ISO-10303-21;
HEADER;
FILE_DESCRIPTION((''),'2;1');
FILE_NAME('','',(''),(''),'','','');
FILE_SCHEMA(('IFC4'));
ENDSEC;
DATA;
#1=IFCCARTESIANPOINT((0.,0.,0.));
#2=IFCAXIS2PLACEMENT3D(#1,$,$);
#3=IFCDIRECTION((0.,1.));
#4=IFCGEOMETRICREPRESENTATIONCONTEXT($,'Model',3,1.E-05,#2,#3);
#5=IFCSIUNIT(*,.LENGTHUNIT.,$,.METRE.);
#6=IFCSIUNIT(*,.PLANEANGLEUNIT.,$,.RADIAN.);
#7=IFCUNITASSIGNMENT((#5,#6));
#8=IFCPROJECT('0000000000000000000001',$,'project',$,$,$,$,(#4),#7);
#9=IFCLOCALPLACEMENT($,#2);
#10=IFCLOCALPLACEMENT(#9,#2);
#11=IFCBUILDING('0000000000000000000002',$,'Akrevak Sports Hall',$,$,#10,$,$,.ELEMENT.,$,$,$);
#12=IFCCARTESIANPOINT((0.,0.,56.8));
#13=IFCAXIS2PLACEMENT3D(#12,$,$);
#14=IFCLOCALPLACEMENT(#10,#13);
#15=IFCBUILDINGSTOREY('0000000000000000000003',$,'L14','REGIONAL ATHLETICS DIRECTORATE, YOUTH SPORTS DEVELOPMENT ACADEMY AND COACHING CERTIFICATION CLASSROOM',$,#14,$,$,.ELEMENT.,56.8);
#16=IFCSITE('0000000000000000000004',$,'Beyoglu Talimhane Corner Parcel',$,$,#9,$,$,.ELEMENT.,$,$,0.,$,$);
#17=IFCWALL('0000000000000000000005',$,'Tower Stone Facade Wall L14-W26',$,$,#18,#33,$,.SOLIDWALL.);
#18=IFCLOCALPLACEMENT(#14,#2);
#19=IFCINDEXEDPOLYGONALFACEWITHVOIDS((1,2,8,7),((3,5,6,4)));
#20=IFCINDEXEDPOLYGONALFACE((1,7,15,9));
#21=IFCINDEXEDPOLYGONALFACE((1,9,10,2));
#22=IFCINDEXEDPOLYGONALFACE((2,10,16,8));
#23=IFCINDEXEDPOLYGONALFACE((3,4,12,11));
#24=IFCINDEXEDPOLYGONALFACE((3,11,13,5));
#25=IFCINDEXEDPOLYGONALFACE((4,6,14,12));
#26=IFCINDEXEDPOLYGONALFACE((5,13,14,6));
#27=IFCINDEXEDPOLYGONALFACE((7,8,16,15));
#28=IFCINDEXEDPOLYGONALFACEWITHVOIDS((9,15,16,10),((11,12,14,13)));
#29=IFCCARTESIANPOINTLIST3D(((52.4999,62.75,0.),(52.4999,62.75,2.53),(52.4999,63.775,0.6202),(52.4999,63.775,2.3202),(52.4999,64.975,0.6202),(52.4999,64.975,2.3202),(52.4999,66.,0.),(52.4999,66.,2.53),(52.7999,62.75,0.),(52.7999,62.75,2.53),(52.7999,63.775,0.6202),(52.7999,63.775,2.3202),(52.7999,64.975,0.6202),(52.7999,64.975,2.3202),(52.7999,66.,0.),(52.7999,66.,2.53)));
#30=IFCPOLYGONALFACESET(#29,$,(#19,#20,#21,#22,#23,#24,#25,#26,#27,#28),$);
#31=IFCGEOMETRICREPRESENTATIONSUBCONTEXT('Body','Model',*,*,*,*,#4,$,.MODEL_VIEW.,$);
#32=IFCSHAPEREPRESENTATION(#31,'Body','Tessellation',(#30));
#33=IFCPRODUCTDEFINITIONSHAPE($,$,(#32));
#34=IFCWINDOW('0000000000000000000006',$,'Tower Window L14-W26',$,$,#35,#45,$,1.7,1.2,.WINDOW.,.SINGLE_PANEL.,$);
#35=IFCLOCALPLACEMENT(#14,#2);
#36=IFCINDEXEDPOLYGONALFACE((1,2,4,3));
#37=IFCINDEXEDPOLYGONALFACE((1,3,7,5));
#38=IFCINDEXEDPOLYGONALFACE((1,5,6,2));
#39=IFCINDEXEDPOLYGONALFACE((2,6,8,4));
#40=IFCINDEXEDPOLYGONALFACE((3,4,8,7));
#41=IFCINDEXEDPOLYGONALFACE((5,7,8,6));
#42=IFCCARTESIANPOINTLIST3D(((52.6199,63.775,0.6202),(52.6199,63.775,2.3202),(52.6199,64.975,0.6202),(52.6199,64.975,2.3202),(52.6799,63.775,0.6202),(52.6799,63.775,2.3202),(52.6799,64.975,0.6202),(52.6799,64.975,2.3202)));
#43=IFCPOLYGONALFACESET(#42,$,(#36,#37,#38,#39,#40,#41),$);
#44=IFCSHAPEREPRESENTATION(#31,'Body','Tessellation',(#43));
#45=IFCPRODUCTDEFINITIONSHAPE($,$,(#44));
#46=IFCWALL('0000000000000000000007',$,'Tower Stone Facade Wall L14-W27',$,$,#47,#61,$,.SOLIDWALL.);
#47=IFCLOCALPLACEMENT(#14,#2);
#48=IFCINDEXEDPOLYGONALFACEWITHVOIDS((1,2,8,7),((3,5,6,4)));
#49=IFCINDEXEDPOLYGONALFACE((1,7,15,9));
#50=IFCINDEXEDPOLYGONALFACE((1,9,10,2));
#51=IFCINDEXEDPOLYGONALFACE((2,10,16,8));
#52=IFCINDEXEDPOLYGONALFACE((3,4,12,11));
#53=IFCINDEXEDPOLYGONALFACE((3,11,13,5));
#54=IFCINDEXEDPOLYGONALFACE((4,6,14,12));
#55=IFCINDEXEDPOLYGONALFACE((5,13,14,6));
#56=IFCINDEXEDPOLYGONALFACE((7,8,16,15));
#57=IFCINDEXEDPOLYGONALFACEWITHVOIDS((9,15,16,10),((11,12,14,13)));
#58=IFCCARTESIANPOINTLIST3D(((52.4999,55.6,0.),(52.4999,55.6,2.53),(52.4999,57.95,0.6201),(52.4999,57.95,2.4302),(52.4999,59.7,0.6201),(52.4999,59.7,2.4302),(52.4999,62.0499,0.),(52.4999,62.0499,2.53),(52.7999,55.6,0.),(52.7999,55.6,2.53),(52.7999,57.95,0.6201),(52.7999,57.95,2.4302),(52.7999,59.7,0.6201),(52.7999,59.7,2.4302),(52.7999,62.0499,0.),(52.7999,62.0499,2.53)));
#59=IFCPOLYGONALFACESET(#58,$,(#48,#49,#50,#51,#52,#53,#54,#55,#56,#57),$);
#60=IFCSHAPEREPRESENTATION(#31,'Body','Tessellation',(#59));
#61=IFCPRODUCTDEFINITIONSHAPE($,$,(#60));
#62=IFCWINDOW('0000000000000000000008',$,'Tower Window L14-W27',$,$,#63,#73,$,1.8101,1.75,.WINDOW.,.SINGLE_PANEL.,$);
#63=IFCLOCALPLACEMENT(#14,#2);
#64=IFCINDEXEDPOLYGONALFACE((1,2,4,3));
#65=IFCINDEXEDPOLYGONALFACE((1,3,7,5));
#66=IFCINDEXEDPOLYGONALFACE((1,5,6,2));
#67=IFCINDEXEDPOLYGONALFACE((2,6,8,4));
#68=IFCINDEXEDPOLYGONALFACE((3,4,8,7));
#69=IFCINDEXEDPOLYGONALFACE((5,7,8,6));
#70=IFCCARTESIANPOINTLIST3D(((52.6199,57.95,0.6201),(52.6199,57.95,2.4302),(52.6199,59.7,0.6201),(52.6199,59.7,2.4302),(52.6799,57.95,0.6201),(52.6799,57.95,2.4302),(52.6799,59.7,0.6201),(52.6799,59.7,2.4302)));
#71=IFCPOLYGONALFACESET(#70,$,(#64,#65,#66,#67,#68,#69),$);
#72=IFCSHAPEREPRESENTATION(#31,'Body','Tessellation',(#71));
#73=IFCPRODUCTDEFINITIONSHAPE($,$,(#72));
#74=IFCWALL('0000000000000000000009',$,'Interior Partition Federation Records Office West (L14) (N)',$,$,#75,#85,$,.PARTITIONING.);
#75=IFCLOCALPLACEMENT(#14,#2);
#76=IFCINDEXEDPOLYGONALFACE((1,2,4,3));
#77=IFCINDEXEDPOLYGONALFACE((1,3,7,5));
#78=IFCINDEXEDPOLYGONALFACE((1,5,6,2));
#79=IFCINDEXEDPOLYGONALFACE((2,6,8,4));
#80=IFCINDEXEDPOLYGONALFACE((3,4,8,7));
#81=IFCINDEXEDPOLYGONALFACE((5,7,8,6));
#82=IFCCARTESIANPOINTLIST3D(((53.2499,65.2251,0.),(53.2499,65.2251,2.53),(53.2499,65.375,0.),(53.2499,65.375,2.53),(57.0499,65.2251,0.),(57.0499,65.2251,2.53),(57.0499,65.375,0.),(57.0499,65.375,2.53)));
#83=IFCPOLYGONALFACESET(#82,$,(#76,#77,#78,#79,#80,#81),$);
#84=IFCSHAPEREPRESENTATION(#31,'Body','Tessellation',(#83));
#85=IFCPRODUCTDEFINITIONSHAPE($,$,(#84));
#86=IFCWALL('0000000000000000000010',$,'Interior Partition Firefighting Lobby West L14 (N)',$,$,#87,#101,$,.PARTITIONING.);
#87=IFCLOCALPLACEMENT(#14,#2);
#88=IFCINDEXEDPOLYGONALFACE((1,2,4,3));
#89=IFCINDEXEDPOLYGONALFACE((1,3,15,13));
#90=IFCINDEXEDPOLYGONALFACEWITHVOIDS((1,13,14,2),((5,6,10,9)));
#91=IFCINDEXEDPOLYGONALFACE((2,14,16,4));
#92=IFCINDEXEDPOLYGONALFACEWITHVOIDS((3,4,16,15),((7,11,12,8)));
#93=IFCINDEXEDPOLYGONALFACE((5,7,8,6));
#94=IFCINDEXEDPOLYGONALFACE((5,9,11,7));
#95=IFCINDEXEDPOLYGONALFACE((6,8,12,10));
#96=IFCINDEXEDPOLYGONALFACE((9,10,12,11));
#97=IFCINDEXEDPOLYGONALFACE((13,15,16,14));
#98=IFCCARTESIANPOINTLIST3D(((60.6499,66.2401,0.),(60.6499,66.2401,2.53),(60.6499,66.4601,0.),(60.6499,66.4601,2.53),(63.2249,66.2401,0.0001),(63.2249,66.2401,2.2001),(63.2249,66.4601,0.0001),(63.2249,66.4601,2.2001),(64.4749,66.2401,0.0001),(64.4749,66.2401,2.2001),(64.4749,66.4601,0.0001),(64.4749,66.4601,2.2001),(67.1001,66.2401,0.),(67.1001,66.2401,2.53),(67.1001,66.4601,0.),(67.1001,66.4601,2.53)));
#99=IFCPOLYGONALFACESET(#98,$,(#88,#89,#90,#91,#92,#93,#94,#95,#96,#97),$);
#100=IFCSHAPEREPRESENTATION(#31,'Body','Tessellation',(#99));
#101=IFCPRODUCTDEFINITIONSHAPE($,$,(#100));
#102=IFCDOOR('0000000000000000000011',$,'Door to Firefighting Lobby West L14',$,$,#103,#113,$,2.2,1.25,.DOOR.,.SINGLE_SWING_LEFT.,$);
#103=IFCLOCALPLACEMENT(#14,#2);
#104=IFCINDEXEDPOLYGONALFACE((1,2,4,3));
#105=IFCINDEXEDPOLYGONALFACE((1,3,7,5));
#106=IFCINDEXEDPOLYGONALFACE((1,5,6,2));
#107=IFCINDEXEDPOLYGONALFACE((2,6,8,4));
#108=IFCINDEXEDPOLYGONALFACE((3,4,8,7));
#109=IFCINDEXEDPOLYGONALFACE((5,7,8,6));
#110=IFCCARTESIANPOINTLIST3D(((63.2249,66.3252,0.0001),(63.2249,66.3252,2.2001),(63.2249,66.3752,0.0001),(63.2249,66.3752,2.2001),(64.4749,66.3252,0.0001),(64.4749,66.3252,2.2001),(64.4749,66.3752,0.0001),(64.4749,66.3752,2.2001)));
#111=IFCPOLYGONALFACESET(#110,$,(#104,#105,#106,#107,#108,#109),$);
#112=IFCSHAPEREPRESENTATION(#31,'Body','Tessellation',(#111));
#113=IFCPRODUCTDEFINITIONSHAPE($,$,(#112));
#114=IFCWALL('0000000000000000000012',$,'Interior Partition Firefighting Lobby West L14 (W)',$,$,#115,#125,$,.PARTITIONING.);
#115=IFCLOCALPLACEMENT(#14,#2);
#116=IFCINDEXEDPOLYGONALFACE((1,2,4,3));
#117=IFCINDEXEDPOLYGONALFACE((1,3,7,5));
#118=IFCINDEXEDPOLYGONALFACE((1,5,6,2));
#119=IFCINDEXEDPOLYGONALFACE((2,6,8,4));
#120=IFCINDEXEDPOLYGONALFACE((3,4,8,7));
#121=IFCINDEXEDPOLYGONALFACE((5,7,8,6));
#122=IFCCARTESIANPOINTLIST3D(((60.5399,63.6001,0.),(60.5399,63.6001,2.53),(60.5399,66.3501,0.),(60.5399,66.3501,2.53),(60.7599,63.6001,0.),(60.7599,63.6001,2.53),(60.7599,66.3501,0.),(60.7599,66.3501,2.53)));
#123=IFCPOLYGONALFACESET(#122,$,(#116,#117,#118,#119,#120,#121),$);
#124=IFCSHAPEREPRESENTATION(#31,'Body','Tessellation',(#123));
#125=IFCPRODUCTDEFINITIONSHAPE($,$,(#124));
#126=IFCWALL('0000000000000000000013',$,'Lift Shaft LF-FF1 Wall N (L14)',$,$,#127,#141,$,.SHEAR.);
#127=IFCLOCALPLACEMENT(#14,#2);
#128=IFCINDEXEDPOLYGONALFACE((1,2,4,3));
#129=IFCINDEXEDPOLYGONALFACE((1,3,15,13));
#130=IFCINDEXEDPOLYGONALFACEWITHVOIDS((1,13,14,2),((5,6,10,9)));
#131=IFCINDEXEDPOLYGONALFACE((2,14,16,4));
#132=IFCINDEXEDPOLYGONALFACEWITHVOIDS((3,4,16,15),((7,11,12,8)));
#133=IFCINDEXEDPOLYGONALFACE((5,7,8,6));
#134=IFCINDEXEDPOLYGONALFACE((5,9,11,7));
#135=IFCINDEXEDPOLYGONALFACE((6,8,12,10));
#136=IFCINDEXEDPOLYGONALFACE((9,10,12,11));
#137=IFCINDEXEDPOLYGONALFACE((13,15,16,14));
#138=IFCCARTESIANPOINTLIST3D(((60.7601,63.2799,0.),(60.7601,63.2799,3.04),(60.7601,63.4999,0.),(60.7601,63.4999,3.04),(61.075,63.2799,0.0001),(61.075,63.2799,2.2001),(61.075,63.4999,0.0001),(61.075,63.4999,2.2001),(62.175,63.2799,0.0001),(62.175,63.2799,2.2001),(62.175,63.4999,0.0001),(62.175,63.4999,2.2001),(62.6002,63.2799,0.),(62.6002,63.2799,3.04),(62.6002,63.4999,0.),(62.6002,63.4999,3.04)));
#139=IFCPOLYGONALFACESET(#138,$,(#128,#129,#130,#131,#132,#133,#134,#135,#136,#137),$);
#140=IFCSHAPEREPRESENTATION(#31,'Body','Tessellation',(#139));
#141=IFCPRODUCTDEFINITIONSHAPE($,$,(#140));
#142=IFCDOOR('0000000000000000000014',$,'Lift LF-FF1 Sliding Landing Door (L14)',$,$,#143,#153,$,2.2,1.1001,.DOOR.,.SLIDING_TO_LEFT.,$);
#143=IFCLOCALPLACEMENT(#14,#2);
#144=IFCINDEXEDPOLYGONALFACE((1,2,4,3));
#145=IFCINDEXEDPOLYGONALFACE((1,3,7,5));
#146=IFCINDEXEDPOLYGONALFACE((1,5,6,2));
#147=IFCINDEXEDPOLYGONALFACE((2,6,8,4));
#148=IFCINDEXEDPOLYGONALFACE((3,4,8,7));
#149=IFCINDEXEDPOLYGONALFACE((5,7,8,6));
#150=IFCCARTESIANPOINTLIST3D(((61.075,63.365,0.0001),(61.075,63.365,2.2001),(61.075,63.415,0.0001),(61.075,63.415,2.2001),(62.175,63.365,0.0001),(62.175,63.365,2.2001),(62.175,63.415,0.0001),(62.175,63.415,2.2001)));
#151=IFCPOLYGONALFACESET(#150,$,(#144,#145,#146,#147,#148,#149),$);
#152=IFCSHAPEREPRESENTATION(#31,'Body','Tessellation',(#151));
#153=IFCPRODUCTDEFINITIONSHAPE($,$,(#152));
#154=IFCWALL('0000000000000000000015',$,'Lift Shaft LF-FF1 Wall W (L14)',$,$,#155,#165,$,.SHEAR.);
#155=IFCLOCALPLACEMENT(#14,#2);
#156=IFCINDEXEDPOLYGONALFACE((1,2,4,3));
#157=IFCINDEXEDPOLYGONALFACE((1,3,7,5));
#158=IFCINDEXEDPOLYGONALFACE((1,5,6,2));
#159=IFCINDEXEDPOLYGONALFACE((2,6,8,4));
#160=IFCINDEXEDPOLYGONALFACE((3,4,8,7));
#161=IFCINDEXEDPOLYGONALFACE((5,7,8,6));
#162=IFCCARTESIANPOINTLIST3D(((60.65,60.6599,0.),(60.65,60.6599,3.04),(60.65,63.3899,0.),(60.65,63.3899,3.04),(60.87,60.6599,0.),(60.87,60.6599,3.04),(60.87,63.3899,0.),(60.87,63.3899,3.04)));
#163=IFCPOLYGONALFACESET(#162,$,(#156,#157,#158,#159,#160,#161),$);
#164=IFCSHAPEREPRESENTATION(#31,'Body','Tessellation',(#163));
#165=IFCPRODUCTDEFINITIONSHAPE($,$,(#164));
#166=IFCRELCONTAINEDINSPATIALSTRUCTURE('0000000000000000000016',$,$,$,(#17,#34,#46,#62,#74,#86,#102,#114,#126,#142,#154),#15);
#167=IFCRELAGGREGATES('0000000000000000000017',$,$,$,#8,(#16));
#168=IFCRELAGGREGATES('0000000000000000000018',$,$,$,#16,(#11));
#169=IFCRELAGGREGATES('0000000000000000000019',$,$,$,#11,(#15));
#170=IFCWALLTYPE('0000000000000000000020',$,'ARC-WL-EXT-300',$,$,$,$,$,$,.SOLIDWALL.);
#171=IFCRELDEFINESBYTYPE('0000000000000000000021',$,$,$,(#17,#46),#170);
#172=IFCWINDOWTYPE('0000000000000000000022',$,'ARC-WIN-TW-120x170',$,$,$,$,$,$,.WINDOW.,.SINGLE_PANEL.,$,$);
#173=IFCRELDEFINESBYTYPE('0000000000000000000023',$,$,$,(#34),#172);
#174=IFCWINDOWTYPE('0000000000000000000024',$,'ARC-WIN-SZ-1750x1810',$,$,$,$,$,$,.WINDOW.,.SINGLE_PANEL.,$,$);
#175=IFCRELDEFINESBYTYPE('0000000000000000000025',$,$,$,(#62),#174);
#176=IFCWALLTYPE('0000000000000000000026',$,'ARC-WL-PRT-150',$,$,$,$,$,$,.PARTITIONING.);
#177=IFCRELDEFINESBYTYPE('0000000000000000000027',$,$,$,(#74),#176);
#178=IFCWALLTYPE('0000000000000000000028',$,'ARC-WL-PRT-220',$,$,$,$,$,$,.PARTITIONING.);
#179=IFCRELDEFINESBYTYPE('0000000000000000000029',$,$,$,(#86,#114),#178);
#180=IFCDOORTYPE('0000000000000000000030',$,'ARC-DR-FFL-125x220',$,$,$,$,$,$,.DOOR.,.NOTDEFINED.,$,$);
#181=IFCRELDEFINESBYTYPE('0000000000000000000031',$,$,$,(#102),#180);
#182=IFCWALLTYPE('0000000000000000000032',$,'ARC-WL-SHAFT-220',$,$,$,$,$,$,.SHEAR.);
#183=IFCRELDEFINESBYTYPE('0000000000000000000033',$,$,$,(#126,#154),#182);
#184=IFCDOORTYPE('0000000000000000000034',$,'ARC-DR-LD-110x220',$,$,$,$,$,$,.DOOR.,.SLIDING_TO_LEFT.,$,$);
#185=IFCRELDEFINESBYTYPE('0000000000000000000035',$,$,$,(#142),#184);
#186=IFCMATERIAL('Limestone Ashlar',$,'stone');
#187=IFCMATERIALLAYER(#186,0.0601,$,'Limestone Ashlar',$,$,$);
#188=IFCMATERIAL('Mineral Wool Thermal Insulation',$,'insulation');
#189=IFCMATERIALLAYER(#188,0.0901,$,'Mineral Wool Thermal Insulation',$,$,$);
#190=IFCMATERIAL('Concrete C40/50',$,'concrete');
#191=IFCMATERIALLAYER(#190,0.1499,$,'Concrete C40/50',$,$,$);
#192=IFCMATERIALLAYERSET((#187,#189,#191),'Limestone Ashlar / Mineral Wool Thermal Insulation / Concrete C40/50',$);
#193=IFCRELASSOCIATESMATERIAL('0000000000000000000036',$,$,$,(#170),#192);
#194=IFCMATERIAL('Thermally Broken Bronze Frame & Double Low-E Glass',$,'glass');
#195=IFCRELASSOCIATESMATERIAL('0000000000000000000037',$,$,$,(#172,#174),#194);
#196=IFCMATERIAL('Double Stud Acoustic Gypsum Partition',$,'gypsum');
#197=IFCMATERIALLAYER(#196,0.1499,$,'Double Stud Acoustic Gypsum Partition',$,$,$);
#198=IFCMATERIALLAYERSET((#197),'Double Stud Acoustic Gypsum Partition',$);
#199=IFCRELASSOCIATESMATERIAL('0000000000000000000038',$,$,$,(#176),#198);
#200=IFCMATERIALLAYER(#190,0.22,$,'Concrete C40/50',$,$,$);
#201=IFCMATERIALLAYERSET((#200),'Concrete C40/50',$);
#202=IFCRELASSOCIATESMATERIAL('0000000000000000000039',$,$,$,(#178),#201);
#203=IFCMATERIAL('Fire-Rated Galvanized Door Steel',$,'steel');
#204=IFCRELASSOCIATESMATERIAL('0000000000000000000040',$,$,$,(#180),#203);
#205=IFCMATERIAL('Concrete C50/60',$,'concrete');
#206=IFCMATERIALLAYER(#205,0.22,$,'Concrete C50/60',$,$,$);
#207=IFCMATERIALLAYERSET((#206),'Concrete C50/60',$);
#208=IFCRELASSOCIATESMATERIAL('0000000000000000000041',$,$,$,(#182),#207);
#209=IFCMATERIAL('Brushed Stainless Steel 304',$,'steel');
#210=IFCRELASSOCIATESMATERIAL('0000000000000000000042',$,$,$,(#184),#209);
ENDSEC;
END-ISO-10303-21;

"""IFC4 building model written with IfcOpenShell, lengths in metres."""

from ifc_helpers import new_model, si_unit, direction, frame, frame_2d, origin, place, context, subcontext, project, spatial, rectangle, extrude, material, layer, layer_set, type_object, element, fill, save


model = new_model("IFC4")

# Units and contexts
model_context = context("Model", 3, precision=1e-05, world=origin(), true_north=direction((0.0, 1.0)))
body_context = subcontext(model_context, "Body", "Model", "MODEL_VIEW")
ifc_project = project(units=[si_unit("LENGTHUNIT", "METRE"), si_unit("PLANEANGLEUNIT", "RADIAN")], contexts=[model_context])

# Site, building, storey
site_placement = place(None, origin())
site = spatial("IfcSite", under=ifc_project, at=site_placement, Name="Beyoglu Talimhane Corner Parcel", CompositionType="ELEMENT", RefElevation=0.0)
building_placement = place(site_placement, origin())
building = spatial("IfcBuilding", under=site, at=building_placement, Name="Akrevak Sports Hall", CompositionType="ELEMENT")
storey_placement = place(building_placement, frame((0.0, 0.0, 56.8)))
storey = spatial("IfcBuildingStorey", under=building, at=storey_placement, Name="L14", Description="REGIONAL ATHLETICS DIRECTORATE, YOUTH SPORTS DEVELOPMENT ACADEMY AND COACHING CERTIFICATION CLASSROOM", CompositionType="ELEMENT", Elevation=56.8)

# Shared definitions
ifc_material_1 = material(Name="Concrete C40/50", Category="concrete")

# Shared definitions
ifc_material_2 = material(Name="Limestone Ashlar", Category="stone")
ifc_layer_1 = layer(ifc_material_2, 0.0601, Name="Limestone Ashlar")
ifc_material_3 = material(Name="Mineral Wool Thermal Insulation", Category="insulation")
ifc_layer_2 = layer(ifc_material_3, 0.0901, Name="Mineral Wool Thermal Insulation")
ifc_layer_3 = layer(ifc_material_1, 0.1499, Name="Concrete C40/50")
ifc_layer_set_1 = layer_set([ifc_layer_1, ifc_layer_2, ifc_layer_3], Name="Limestone Ashlar / Mineral Wool Thermal Insulation / Concrete C40/50")
wall_type_1 = type_object("IfcWallType", Name="ARC-WL-EXT-300", PredefinedType="SOLIDWALL", material=ifc_layer_set_1)

# Walls, openings, windows
ifc_material_4 = material(Name="Thermally Broken Bronze Frame & Double Low-E Glass", Category="glass")
wall_1_placement = place(storey_placement, frame((52.6499, 66.0, 0.0), z_axis=(0.0, 0.0, 1.0), x_axis=(0.0, -1.0, 0.0)))
wall_1 = element("IfcWall", 1, at=wall_1_placement, inside=storey, type_object=wall_type_1, Name="Tower Stone Facade Wall L14-W26", PredefinedType="SOLIDWALL", context=body_context, shape_type="SweptSolid", body=[
    extrude(rectangle(XDim=3.25, YDim=0.3, at=frame_2d((1.625, 0.0))), origin(), (0.0, 0.0, 1.0), 2.53),
])
opening_1_placement = place(wall_1_placement, frame((1.0249, 0.0, 0.6201)))
opening_1 = element("IfcOpeningElement", 2, at=opening_1_placement, cuts=wall_1, PredefinedType="OPENING", context=body_context, shape_type="SweptSolid", body=[
    extrude(rectangle(XDim=1.2, YDim=1.7, at=frame_2d((0.6001, 0.8501))), frame((0.0, 0.1621, 0.0), z_axis=(0.0, -1.0, 0.0), x_axis=(1.0, 0.0, 0.0)), (0.0, 0.0, 1.0), 0.324),
])
window_type_1 = type_object("IfcWindowType", Name="ARC-WIN-TW-120x170", PartitioningType="SINGLE_PANEL", PredefinedType="WINDOW", material=ifc_material_4)
window_1_placement = place(opening_1_placement, origin())
window_1 = element("IfcWindow", 3, at=window_1_placement, inside=storey, type_object=window_type_1, Name="Tower Window L14-W26", OverallHeight=1.7, OverallWidth=1.2, PartitioningType="SINGLE_PANEL", PredefinedType="WINDOW", context=body_context, shape_type="SweptSolid", body=[
    extrude(rectangle(XDim=1.2, YDim=1.7, at=frame_2d((0.6001, 0.8501))), frame((0.0, 0.03, 0.0), z_axis=(0.0, -1.0, 0.0), x_axis=(1.0, 0.0, 0.0)), (0.0, 0.0, 1.0), 0.0601),
])
fill(opening_1, window_1)
wall_2_placement = place(storey_placement, frame((52.6499, 62.05, 0.0), z_axis=(0.0, 0.0, 1.0), x_axis=(0.0, -1.0, 0.0)))
wall_2 = element("IfcWall", 4, at=wall_2_placement, inside=storey, type_object=wall_type_1, Name="Tower Stone Facade Wall L14-W27", PredefinedType="SOLIDWALL", context=body_context, shape_type="SweptSolid", body=[
    extrude(rectangle(XDim=6.45, YDim=0.3, at=frame_2d((3.2251, 0.0))), origin(), (0.0, 0.0, 1.0), 2.53),
])
opening_2_placement = place(wall_2_placement, frame((2.3501, 0.0, 0.6201)))
opening_2 = element("IfcOpeningElement", 5, at=opening_2_placement, cuts=wall_2, PredefinedType="OPENING", context=body_context, shape_type="SweptSolid", body=[
    extrude(rectangle(XDim=1.75, YDim=1.8101, at=frame_2d((0.875, 0.905))), frame((0.0, 0.1621, 0.0), z_axis=(0.0, -1.0, 0.0), x_axis=(1.0, 0.0, 0.0)), (0.0, 0.0, 1.0), 0.324),
])
window_type_2 = type_object("IfcWindowType", Name="ARC-WIN-SZ-1750x1810", PartitioningType="SINGLE_PANEL", PredefinedType="WINDOW", material=ifc_material_4)
window_2_placement = place(opening_2_placement, origin())
window_2 = element("IfcWindow", 6, at=window_2_placement, inside=storey, type_object=window_type_2, Name="Tower Window L14-W27", OverallHeight=1.8101, OverallWidth=1.75, PartitioningType="SINGLE_PANEL", PredefinedType="WINDOW", context=body_context, shape_type="SweptSolid", body=[
    extrude(rectangle(XDim=1.75, YDim=1.8101, at=frame_2d((0.875, 0.905))), frame((0.0, 0.03, 0.0), z_axis=(0.0, -1.0, 0.0), x_axis=(1.0, 0.0, 0.0)), (0.0, 0.0, 1.0), 0.0601),
])
fill(opening_2, window_2)

# Wall
ifc_material_5 = material(Name="Double Stud Acoustic Gypsum Partition", Category="gypsum")
ifc_layer_4 = layer(ifc_material_5, 0.1499, Name="Double Stud Acoustic Gypsum Partition")
ifc_layer_set_2 = layer_set([ifc_layer_4], Name="Double Stud Acoustic Gypsum Partition")
wall_type_2 = type_object("IfcWallType", Name="ARC-WL-PRT-150", PredefinedType="PARTITIONING", material=ifc_layer_set_2)
wall_3_placement = place(storey_placement, frame((53.25, 65.3, 0.0), z_axis=(0.0, 0.0, 1.0), x_axis=(1.0, 0.0, 0.0)))
element("IfcWall", 7, at=wall_3_placement, inside=storey, type_object=wall_type_2, Name="Interior Partition Federation Records Office West (L14) (N)", PredefinedType="PARTITIONING", context=body_context, shape_type="SweptSolid", body=[
    extrude(rectangle(XDim=3.8, YDim=0.1499, at=frame_2d((1.8999, 0.0))), origin(), (0.0, 0.0, 1.0), 2.53),
])

# Wall, opening, door
ifc_layer_5 = layer(ifc_material_1, 0.22, Name="Concrete C40/50")
ifc_layer_set_3 = layer_set([ifc_layer_5], Name="Concrete C40/50")
wall_type_3 = type_object("IfcWallType", Name="ARC-WL-PRT-220", PredefinedType="PARTITIONING", material=ifc_layer_set_3)
wall_4_placement = place(storey_placement, frame((60.6499, 66.3501, 0.0), z_axis=(0.0, 0.0, 1.0), x_axis=(1.0, 0.0, 0.0)))
wall_4 = element("IfcWall", 8, at=wall_4_placement, inside=storey, type_object=wall_type_3, Name="Interior Partition Firefighting Lobby West L14 (N)", PredefinedType="PARTITIONING", context=body_context, shape_type="SweptSolid", body=[
    extrude(rectangle(XDim=6.4502, YDim=0.22, at=frame_2d((3.2251, 0.0))), origin(), (0.0, 0.0, 1.0), 2.53),
])
opening_3_placement = place(wall_4_placement, frame((2.575, 0.0, 0.0)))
opening_3 = element("IfcOpeningElement", 9, at=opening_3_placement, cuts=wall_4, PredefinedType="OPENING", context=body_context, shape_type="SweptSolid", body=[
    extrude(rectangle(XDim=1.25, YDim=2.2, at=frame_2d((0.625, 1.1001))), frame((0.0, 0.1221, 0.0), z_axis=(0.0, -1.0, 0.0), x_axis=(1.0, 0.0, 0.0)), (0.0, 0.0, 1.0), 0.2439),
])
ifc_material_6 = material(Name="Fire-Rated Galvanized Door Steel", Category="steel")
door_type_1 = type_object("IfcDoorType", Name="ARC-DR-FFL-125x220", OperationType="NOTDEFINED", PredefinedType="DOOR", material=ifc_material_6)
door_1_placement = place(opening_3_placement, frame((1.25, 0.0, 0.0), z_axis=(0.0, 0.0, 1.0), x_axis=(-1.0, 0.0, 0.0)))
door_1 = element("IfcDoor", 10, at=door_1_placement, inside=storey, type_object=door_type_1, Name="Door to Firefighting Lobby West L14", OperationType="SINGLE_SWING_LEFT", OverallHeight=2.2, OverallWidth=1.25, PredefinedType="DOOR", context=body_context, shape_type="SweptSolid", body=[
    extrude(rectangle(XDim=1.25, YDim=2.2, at=frame_2d((0.625, 1.1001))), frame((0.0, 0.0249, 0.0), z_axis=(0.0, -1.0, 0.0), x_axis=(1.0, 0.0, 0.0)), (0.0, 0.0, 1.0), 0.05),
])
fill(opening_3, door_1)

# Wall
wall_5_placement = place(storey_placement, frame((60.6499, 63.6001, 0.0), z_axis=(0.0, 0.0, 1.0), x_axis=(0.0, 1.0, 0.0)))
element("IfcWall", 11, at=wall_5_placement, inside=storey, type_object=wall_type_3, Name="Interior Partition Firefighting Lobby West L14 (W)", PredefinedType="PARTITIONING", context=body_context, shape_type="SweptSolid", body=[
    extrude(rectangle(XDim=2.75, YDim=0.22, at=frame_2d((1.375, 0.0))), origin(), (0.0, 0.0, 1.0), 2.53),
])

# Wall, opening, door
ifc_material_7 = material(Name="Concrete C50/60", Category="concrete")
ifc_layer_6 = layer(ifc_material_7, 0.22, Name="Concrete C50/60")
ifc_layer_set_4 = layer_set([ifc_layer_6], Name="Concrete C50/60")
wall_type_4 = type_object("IfcWallType", Name="ARC-WL-SHAFT-220", PredefinedType="SHEAR", material=ifc_layer_set_4)
wall_6_placement = place(storey_placement, frame((62.6001, 63.3899, 0.0), z_axis=(0.0, 0.0, 1.0), x_axis=(-1.0, 0.0, 0.0)))
wall_6 = element("IfcWall", 12, at=wall_6_placement, inside=storey, type_object=wall_type_4, Name="Lift Shaft LF-FF1 Wall N (L14)", PredefinedType="SHEAR", context=body_context, shape_type="SweptSolid", body=[
    extrude(rectangle(XDim=1.8401, YDim=0.22, at=frame_2d((0.9199, 0.0))), origin(), (0.0, 0.0, 1.0), 3.04),
])
opening_4_placement = place(wall_6_placement, frame((0.425, 0.0, 0.0)))
opening_4 = element("IfcOpeningElement", 13, at=opening_4_placement, cuts=wall_6, PredefinedType="OPENING", context=body_context, shape_type="SweptSolid", body=[
    extrude(rectangle(XDim=1.1001, YDim=2.2, at=frame_2d((0.55, 1.1001))), frame((0.0, 0.1221, 0.0), z_axis=(0.0, -1.0, 0.0), x_axis=(1.0, 0.0, 0.0)), (0.0, 0.0, 1.0), 0.2439),
])
ifc_material_8 = material(Name="Brushed Stainless Steel 304", Category="steel")
door_type_2 = type_object("IfcDoorType", Name="ARC-DR-LD-110x220", OperationType="SLIDING_TO_LEFT", PredefinedType="DOOR", material=ifc_material_8)
door_2_placement = place(opening_4_placement, origin())
door_2 = element("IfcDoor", 14, at=door_2_placement, inside=storey, type_object=door_type_2, Name="Lift LF-FF1 Sliding Landing Door (L14)", OperationType="SLIDING_TO_LEFT", OverallHeight=2.2, OverallWidth=1.1001, PredefinedType="DOOR", context=body_context, shape_type="SweptSolid", body=[
    extrude(rectangle(XDim=1.1001, YDim=2.2, at=frame_2d((0.55, 1.1001))), frame((0.0, 0.0249, 0.0), z_axis=(0.0, -1.0, 0.0), x_axis=(1.0, 0.0, 0.0)), (0.0, 0.0, 1.0), 0.05),
])
fill(opening_4, door_2)

# Wall
wall_7_placement = place(storey_placement, frame((60.76, 63.3899, 0.0), z_axis=(0.0, 0.0, 1.0), x_axis=(0.0, -1.0, 0.0)))
element("IfcWall", 15, at=wall_7_placement, inside=storey, type_object=wall_type_4, Name="Lift Shaft LF-FF1 Wall W (L14)", PredefinedType="SHEAR", context=body_context, shape_type="SweptSolid", body=[
    extrude(rectangle(XDim=2.73, YDim=0.22, at=frame_2d((1.365, 0.0))), origin(), (0.0, 0.0, 1.0), 3.04),
])

save(model, "model.ifc")
